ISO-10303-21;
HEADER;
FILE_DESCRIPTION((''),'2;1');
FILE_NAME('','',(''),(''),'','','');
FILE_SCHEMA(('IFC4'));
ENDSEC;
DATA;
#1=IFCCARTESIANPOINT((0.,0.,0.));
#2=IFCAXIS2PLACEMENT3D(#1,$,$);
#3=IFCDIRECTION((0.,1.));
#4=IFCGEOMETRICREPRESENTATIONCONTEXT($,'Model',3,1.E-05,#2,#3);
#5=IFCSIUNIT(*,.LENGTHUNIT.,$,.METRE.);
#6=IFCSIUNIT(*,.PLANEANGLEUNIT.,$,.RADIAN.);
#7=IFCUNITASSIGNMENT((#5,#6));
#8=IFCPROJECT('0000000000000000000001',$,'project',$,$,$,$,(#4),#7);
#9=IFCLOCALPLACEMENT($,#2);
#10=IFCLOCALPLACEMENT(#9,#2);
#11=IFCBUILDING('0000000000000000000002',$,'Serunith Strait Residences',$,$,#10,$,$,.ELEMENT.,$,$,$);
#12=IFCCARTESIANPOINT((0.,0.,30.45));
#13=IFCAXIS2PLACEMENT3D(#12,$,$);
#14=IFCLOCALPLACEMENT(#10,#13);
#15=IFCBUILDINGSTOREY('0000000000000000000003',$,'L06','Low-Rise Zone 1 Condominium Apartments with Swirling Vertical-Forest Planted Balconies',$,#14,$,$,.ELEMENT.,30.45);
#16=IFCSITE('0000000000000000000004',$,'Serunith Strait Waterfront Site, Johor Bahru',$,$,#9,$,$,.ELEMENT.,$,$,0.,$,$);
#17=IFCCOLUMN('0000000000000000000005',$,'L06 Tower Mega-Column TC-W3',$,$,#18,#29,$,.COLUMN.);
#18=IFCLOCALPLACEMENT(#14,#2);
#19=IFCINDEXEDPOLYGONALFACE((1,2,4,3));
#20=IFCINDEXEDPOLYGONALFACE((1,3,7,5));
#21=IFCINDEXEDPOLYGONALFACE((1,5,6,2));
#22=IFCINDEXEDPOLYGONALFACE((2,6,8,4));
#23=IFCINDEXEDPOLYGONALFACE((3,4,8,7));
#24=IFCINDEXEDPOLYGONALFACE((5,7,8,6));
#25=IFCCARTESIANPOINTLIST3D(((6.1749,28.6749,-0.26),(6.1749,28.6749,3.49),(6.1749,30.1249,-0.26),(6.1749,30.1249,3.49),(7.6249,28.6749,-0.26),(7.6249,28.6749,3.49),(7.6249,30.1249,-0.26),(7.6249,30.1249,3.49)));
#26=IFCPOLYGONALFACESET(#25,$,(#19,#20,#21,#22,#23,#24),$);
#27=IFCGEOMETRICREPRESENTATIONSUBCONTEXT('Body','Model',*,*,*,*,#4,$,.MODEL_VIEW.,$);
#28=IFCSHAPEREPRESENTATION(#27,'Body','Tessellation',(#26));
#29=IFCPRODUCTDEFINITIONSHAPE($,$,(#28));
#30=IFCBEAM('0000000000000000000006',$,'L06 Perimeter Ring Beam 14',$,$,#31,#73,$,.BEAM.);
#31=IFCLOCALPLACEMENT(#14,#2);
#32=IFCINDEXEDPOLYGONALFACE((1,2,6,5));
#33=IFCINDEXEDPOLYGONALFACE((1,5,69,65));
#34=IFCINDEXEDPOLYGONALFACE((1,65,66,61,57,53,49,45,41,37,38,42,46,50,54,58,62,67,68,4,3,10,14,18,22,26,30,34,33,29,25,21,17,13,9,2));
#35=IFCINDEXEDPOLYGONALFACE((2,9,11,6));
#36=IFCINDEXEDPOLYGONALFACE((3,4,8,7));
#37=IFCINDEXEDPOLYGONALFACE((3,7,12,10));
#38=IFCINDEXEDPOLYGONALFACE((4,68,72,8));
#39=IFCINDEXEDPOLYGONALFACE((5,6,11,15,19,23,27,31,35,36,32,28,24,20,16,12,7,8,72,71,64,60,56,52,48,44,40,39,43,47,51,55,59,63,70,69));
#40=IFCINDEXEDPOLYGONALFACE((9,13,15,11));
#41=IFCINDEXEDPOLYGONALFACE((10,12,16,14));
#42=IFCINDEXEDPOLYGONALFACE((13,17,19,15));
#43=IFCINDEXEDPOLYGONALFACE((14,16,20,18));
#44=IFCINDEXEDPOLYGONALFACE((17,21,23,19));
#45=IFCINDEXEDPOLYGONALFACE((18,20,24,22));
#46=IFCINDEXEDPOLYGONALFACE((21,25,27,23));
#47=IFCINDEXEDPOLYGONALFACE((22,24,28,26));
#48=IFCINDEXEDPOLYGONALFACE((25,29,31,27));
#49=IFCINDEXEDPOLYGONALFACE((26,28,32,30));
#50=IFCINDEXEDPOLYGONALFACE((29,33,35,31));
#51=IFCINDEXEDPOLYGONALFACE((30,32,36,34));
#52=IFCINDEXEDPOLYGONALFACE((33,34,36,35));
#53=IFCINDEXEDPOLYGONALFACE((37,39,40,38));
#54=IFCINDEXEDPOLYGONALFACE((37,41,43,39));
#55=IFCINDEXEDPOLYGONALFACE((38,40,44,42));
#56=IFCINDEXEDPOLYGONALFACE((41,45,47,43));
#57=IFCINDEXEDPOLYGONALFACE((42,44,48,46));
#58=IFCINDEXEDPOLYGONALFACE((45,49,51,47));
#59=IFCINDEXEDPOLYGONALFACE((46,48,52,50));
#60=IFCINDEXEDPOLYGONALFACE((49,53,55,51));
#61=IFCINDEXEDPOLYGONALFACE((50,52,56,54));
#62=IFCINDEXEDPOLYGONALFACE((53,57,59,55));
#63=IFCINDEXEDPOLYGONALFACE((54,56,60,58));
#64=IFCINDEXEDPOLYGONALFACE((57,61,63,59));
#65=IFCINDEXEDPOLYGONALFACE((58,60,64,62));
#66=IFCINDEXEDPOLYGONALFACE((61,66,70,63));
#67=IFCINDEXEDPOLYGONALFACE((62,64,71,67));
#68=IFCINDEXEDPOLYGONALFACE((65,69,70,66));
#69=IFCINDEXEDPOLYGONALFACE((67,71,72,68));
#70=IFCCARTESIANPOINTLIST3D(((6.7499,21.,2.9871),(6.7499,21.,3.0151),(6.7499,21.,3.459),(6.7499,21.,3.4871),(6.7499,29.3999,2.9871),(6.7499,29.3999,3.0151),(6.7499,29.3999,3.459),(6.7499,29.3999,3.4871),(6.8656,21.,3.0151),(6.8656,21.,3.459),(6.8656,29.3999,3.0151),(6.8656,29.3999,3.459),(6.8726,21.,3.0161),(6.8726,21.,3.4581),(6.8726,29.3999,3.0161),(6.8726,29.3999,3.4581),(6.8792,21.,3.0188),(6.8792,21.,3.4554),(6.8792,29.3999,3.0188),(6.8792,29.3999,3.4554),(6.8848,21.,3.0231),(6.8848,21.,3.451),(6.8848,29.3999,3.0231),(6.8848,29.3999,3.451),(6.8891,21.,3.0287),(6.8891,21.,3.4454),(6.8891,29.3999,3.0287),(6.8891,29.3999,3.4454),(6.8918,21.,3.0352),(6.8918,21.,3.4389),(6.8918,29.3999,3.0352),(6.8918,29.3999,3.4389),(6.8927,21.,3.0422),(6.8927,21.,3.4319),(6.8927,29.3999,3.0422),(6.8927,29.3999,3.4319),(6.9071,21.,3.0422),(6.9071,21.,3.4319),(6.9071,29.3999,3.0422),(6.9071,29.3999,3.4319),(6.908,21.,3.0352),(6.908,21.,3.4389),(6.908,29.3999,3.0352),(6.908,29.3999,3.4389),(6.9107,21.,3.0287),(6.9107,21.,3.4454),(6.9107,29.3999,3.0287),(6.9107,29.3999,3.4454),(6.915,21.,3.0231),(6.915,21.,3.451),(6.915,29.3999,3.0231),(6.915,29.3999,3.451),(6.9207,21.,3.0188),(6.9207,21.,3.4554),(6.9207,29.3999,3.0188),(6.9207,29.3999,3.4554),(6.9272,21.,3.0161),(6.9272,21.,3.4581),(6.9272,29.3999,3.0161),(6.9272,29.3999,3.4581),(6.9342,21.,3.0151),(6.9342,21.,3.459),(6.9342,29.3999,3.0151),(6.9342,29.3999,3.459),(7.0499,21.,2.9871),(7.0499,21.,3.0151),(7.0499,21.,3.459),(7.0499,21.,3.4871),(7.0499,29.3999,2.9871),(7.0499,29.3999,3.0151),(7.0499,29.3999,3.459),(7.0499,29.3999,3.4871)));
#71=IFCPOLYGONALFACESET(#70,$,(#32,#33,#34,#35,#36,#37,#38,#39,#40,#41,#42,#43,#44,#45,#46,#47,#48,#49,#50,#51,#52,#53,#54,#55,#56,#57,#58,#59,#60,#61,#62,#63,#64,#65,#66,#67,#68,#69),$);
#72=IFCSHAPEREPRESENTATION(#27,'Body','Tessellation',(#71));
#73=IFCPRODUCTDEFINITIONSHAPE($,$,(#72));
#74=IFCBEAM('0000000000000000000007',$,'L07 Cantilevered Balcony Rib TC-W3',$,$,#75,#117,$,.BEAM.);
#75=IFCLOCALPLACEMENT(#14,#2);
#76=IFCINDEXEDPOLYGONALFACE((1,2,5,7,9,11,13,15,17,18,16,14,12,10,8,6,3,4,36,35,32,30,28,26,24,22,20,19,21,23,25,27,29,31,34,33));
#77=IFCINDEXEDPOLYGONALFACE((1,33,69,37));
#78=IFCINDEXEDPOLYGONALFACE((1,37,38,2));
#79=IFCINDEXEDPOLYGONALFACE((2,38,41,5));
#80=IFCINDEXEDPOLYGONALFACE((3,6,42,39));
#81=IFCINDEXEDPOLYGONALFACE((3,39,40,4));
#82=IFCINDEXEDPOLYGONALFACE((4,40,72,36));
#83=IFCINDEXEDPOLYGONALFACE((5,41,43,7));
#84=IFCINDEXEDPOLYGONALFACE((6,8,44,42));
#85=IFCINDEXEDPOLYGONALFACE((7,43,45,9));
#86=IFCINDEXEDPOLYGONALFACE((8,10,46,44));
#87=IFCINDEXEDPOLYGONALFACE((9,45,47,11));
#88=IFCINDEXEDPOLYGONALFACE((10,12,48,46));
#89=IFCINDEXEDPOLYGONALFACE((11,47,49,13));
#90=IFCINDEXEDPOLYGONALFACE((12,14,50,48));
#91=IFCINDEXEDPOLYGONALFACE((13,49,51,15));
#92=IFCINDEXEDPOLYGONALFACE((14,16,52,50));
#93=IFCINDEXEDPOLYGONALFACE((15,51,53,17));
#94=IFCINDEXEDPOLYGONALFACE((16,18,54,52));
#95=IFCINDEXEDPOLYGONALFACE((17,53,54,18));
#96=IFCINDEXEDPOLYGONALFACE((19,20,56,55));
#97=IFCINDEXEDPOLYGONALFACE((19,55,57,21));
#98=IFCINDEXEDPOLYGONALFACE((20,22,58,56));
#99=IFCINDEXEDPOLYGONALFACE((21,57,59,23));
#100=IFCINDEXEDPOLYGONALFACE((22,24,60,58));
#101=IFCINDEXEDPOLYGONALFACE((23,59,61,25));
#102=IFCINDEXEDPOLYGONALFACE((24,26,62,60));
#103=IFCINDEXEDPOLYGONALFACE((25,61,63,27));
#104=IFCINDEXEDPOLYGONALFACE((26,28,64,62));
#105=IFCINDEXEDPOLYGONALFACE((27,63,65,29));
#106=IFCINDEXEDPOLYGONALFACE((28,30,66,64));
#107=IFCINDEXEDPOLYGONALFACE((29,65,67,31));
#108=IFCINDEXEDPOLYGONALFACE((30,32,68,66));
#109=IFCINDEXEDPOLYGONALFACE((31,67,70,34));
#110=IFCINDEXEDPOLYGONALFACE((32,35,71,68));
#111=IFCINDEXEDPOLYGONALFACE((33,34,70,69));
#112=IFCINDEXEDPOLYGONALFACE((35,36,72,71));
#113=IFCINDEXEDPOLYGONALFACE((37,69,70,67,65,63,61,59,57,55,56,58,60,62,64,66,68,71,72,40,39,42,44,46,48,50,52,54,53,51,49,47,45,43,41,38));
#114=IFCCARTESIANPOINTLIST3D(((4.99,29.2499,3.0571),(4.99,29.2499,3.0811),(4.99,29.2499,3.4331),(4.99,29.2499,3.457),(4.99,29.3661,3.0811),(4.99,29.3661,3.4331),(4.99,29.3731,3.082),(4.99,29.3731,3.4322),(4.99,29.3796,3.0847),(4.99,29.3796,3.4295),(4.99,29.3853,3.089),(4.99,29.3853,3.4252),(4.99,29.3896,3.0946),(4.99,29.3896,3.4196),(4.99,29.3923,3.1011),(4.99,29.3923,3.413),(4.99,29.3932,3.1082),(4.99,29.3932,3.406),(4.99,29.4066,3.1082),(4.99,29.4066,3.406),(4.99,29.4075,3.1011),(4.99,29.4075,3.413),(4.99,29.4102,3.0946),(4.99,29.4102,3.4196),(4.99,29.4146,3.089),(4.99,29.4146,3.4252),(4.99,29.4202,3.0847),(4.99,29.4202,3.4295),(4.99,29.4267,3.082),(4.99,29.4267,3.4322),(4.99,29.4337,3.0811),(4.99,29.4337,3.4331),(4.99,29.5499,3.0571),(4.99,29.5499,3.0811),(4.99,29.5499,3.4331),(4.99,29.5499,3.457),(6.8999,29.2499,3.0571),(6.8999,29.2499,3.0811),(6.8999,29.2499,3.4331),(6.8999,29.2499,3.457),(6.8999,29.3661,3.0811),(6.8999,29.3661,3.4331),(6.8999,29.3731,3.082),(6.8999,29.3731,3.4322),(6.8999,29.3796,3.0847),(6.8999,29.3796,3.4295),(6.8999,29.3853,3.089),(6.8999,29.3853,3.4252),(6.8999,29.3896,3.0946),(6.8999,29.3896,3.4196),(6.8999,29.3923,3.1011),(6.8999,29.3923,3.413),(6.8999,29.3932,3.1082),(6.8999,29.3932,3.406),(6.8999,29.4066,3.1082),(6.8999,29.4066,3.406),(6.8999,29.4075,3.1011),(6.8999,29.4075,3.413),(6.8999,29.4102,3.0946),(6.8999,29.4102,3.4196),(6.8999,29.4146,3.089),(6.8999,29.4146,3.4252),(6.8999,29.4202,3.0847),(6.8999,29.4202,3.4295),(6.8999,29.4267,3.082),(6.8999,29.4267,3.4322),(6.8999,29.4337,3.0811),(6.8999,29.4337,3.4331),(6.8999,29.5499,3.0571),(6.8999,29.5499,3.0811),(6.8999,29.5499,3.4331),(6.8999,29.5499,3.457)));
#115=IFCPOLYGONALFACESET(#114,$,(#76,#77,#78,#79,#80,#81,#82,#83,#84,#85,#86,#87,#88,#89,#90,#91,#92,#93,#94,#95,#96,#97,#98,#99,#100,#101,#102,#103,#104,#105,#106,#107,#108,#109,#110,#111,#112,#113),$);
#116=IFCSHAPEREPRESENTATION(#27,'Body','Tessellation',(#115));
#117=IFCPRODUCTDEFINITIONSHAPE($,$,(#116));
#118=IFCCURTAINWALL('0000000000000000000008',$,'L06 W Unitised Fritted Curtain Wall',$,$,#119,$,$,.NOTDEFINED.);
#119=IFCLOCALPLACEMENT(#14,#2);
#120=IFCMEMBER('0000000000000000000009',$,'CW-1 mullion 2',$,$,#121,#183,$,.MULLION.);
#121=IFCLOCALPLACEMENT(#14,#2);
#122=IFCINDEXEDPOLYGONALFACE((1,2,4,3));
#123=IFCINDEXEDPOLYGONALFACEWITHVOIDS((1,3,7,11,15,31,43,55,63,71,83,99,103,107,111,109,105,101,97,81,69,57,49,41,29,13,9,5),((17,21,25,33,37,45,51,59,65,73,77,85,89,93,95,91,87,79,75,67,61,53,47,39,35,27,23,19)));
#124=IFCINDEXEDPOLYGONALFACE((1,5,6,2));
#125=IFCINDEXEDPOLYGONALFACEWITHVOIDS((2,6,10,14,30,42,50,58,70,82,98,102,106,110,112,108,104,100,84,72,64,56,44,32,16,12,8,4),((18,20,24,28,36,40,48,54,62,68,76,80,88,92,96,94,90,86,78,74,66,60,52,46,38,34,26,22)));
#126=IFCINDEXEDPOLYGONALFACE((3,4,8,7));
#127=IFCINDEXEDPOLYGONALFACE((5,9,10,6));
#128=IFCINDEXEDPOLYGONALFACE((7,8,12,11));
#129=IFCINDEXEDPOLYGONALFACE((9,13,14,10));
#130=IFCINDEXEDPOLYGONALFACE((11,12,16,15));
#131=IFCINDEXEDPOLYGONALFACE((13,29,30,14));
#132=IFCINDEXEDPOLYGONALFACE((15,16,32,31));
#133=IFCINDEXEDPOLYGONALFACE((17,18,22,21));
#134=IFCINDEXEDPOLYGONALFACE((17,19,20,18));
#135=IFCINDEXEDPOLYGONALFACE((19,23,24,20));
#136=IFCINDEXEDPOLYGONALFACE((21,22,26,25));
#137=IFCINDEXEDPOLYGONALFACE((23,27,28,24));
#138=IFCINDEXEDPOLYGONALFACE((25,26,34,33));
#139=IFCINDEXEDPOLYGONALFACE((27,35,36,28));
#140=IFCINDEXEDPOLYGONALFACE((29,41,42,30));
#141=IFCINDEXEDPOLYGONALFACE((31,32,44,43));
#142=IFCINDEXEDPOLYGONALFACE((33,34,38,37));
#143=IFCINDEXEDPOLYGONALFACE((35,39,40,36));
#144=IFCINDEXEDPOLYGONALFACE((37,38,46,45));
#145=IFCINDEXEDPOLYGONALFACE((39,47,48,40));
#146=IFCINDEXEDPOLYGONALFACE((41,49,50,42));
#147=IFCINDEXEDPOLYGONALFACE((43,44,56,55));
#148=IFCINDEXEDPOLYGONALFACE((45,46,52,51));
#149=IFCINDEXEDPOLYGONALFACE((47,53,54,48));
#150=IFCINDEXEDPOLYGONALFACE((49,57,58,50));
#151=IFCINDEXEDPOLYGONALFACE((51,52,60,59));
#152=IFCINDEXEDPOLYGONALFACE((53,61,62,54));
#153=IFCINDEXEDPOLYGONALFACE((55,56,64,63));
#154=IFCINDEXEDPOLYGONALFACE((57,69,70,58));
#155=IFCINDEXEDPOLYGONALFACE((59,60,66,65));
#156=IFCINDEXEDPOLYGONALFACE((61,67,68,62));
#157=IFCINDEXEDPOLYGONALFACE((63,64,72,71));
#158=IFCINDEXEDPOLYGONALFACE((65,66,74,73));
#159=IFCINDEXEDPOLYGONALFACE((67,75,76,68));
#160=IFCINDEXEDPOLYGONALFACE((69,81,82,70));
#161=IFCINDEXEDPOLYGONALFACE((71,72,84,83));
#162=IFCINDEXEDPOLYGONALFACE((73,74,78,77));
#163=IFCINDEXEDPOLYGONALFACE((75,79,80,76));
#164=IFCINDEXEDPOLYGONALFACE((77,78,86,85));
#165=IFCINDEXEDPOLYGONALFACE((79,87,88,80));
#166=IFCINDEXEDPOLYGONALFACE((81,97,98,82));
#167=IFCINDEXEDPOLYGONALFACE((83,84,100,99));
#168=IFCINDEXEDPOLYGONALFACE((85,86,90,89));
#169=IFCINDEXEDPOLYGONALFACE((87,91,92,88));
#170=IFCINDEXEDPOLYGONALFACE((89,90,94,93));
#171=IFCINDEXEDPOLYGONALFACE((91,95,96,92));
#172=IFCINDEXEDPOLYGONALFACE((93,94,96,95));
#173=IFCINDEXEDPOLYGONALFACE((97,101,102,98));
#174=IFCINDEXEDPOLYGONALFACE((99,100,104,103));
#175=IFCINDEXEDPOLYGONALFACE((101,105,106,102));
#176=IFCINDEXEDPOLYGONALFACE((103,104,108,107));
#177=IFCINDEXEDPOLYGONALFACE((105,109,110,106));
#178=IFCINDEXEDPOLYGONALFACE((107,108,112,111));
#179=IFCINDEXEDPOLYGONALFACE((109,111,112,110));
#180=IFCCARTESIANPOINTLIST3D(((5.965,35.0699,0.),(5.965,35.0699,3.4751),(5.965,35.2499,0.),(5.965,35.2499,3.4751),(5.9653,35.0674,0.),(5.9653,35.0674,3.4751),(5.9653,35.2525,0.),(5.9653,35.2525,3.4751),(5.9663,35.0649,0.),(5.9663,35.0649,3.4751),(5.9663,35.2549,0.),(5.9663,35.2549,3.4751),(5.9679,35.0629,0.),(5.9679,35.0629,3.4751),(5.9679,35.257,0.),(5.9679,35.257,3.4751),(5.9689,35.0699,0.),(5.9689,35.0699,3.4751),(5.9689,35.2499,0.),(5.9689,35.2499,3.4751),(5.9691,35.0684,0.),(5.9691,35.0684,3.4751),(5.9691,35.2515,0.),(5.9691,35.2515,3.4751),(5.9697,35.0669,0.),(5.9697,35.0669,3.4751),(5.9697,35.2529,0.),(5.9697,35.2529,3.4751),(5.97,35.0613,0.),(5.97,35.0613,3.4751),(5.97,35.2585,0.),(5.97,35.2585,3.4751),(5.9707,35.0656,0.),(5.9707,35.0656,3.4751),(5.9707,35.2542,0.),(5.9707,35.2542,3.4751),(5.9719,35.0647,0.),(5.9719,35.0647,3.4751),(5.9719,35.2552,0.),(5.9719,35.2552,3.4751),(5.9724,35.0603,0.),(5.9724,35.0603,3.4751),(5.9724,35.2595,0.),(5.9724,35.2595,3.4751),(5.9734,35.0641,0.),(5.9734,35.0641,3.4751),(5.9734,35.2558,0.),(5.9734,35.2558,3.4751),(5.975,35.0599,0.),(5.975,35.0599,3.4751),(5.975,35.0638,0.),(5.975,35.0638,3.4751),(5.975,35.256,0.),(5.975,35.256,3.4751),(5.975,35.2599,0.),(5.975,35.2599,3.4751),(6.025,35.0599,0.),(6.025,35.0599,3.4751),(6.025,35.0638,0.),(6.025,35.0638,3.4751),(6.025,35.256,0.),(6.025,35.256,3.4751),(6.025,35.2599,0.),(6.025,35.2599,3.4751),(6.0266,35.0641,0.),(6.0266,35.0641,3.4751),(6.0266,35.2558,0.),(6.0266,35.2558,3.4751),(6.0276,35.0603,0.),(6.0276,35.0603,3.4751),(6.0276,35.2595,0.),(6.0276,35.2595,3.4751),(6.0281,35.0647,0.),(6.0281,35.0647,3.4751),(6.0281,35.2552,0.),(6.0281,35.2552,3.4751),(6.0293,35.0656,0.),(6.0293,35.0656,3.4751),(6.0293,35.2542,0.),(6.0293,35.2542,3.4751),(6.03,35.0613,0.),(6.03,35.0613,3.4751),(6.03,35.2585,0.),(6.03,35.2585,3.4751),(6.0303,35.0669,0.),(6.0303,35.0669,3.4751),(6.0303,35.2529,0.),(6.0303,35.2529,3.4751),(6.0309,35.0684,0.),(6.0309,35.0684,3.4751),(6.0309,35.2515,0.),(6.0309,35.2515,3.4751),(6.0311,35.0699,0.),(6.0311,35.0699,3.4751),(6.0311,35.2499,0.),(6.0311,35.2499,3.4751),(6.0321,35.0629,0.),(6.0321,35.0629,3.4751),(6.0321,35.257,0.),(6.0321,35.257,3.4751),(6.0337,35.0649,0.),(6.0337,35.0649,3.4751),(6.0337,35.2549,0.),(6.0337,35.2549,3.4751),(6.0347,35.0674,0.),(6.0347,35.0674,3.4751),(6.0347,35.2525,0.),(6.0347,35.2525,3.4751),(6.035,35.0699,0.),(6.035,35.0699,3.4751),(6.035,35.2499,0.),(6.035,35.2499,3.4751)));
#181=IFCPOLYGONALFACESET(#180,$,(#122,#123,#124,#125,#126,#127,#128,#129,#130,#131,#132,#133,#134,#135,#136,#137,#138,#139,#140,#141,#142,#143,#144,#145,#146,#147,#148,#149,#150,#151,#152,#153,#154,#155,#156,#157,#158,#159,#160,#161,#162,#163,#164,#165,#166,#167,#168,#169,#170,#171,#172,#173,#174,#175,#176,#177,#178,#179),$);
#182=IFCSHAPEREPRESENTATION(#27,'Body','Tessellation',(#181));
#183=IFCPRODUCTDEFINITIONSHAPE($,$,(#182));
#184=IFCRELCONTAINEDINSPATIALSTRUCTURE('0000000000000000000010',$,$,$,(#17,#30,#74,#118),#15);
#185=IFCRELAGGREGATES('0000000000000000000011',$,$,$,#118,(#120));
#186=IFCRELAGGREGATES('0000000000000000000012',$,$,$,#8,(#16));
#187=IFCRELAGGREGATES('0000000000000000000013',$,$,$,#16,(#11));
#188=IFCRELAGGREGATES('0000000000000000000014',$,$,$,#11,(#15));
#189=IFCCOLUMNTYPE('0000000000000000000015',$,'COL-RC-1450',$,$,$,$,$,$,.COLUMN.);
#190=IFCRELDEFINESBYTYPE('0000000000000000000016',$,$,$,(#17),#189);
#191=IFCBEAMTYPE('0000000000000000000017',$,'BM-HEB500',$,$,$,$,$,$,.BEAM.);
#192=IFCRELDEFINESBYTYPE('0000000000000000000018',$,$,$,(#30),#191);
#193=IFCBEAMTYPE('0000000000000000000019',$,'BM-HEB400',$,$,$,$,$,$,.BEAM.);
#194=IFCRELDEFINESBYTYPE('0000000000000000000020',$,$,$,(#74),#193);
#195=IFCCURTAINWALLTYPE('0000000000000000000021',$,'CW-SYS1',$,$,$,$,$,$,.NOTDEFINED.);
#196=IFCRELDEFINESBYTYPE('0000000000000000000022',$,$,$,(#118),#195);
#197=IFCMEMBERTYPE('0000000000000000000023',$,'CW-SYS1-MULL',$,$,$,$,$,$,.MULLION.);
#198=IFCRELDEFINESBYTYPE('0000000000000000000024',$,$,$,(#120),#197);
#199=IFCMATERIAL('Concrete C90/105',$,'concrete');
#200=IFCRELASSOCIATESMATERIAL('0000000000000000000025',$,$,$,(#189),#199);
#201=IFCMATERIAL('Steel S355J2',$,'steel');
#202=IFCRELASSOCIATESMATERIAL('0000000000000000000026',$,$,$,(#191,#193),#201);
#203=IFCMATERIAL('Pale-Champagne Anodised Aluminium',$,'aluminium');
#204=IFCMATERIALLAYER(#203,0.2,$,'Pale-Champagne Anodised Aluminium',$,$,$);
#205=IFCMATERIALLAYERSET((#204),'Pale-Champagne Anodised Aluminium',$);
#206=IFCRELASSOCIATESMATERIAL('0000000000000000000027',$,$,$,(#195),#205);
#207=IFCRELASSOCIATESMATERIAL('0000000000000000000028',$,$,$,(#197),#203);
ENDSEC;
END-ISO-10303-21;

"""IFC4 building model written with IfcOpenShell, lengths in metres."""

from ifc_helpers import new_model, si_unit, direction, frame, origin, origin_2d, place, context, subcontext, project, spatial, rectangle, hollow_rectangle, i_section, extrude, source, transform, mapped, material, layer, layer_set, material_profile, profile_set, type_object, element, aggregate, save


model = new_model("IFC4")

# Units and contexts
model_context = context("Model", 3, precision=1e-05, world=origin(), true_north=direction((0.0, 1.0)))
body_context = subcontext(model_context, "Body", "Model", "MODEL_VIEW")
ifc_project = project(units=[si_unit("LENGTHUNIT", "METRE"), si_unit("PLANEANGLEUNIT", "RADIAN")], contexts=[model_context])

# Site, building, storey
site_placement = place(None, origin())
site = spatial("IfcSite", under=ifc_project, at=site_placement, Name="Serunith Strait Waterfront Site, Johor Bahru", CompositionType="ELEMENT", RefElevation=0.0)
building_placement = place(site_placement, origin())
building = spatial("IfcBuilding", under=site, at=building_placement, Name="Serunith Strait Residences", CompositionType="ELEMENT")
storey_placement = place(building_placement, frame((0.0, 0.0, 30.45)))
storey = spatial("IfcBuildingStorey", under=building, at=storey_placement, Name="L06", Description="Low-Rise Zone 1 Condominium Apartments with Swirling Vertical-Forest Planted Balconies", CompositionType="ELEMENT", Elevation=30.45)

# Column
ifc_material_1 = material(Name="Concrete C90/105", Category="concrete")
ifc_material_profile_1 = material_profile(ifc_material_1, rectangle(XDim=1.45, YDim=1.45, at=origin_2d()), Name="RC 1450x1450")
ifc_profile_set_1 = profile_set([ifc_material_profile_1], Name="Concrete C90/105")
column_type = type_object("IfcColumnType", Name="COL-RC-1450", PredefinedType="COLUMN", material=ifc_profile_set_1)
shared_shape_1 = source(origin(), body_context, "Body", "SweptSolid", [
    extrude(rectangle(XDim=1.45, YDim=1.45, at=origin_2d()), origin(), (0.0, 0.0, 1.0), 3.75),
])
column_placement = place(storey_placement, frame((6.8999, 29.3999, -0.26), z_axis=(0.0, 0.0, 1.0), x_axis=(1.0, 0.0, 0.0)))
element("IfcColumn", 1, at=column_placement, inside=storey, type_object=column_type, Name="L06 Tower Mega-Column TC-W3", PredefinedType="COLUMN", context=body_context, shape_type="MappedRepresentation", body=[
    mapped(shared_shape_1, transform((0.0, 0.0, 0.0), scale=1.0)),
])

# Beams
ifc_material_2 = material(Name="Steel S355J2", Category="steel")
ifc_material_profile_2 = material_profile(ifc_material_2, i_section(OverallWidth=0.3, OverallDepth=0.5, WebThickness=0.0144, FlangeThickness=0.0281, FilletRadius=0.0271, at=origin_2d()), Name="HEB 500")
ifc_profile_set_2 = profile_set([ifc_material_profile_2], Name="Steel S355J2")
beam_type_1 = type_object("IfcBeamType", Name="BM-HEB500", PredefinedType="BEAM", material=ifc_profile_set_2)
shared_shape_2 = source(origin(), body_context, "Body", "SweptSolid", [
    extrude(i_section(OverallWidth=0.3, OverallDepth=0.5, WebThickness=0.0144, FlangeThickness=0.0281, FilletRadius=0.0271, at=origin_2d()), origin(), (0.0, 0.0, 1.0), 8.3999),
])
beam_1_placement = place(storey_placement, frame((6.8999, 29.3999, 3.2371), z_axis=(0.0, -1.0, 0.0), x_axis=(1.0, 0.0, 0.0)))
element("IfcBeam", 2, at=beam_1_placement, inside=storey, type_object=beam_type_1, Name="L06 Perimeter Ring Beam 14", PredefinedType="BEAM", context=body_context, shape_type="MappedRepresentation", body=[
    mapped(shared_shape_2, transform((0.0, 0.0, 0.0), scale=1.0)),
])
ifc_material_profile_3 = material_profile(ifc_material_2, i_section(OverallWidth=0.3, OverallDepth=0.3999, WebThickness=0.0134, FlangeThickness=0.0239, FilletRadius=0.0271, at=origin_2d()), Name="HEB 400")
ifc_profile_set_3 = profile_set([ifc_material_profile_3], Name="Steel S355J2")
beam_type_2 = type_object("IfcBeamType", Name="BM-HEB400", PredefinedType="BEAM", material=ifc_profile_set_3)
shared_shape_3 = source(origin(), body_context, "Body", "SweptSolid", [
    extrude(i_section(OverallWidth=0.3, OverallDepth=0.3999, WebThickness=0.0134, FlangeThickness=0.0239, FilletRadius=0.0271, at=origin_2d()), origin(), (0.0, 0.0, 1.0), 1.9099),
])
beam_2_placement = place(storey_placement, frame((6.8999, 29.3999, 3.2571), z_axis=(-1.0, 0.0, 0.0), x_axis=(0.0, -1.0, 0.0)))
element("IfcBeam", 3, at=beam_2_placement, inside=storey, type_object=beam_type_2, Name="L07 Cantilevered Balcony Rib TC-W3", PredefinedType="BEAM", context=body_context, shape_type="MappedRepresentation", body=[
    mapped(shared_shape_3, transform((0.0, 0.0, 0.0), scale=1.0)),
])

# Curtain wall, member
ifc_material_3 = material(Name="Pale-Champagne Anodised Aluminium", Category="aluminium")
ifc_layer_1 = layer(ifc_material_3, 0.2, Name="Pale-Champagne Anodised Aluminium")
ifc_layer_set_1 = layer_set([ifc_layer_1], Name="Pale-Champagne Anodised Aluminium")
curtain_wall_type = type_object("IfcCurtainWallType", Name="CW-SYS1", PredefinedType="NOTDEFINED", material=ifc_layer_set_1)
curtain_wall_placement = place(storey_placement, origin())
curtain_wall = element("IfcCurtainWall", 4, at=curtain_wall_placement, inside=storey, type_object=curtain_wall_type, Name="L06 W Unitised Fritted Curtain Wall", PredefinedType="NOTDEFINED")
ifc_material_profile_4 = material_profile(ifc_material_3, hollow_rectangle(XDim=0.0701, YDim=0.2, WallThickness=0.0039, InnerFilletRadius=0.0061, OuterFilletRadius=0.01, at=origin_2d()), Name="ALU 200x70x4")
ifc_profile_set_4 = profile_set([ifc_material_profile_4], Name="Pale-Champagne Anodised Aluminium")
member_type_1 = type_object("IfcMemberType", Name="CW-SYS1-MULL", PredefinedType="MULLION", material=ifc_profile_set_4)
shared_shape_4 = source(origin(), body_context, "Body", "SweptSolid", [
    extrude(hollow_rectangle(XDim=0.0701, YDim=0.2, WallThickness=0.0039, InnerFilletRadius=0.0061, OuterFilletRadius=0.01, at=origin_2d()), origin(), (0.0, 0.0, 1.0), 3.4751),
])
member_1_placement = place(storey_placement, frame((6.0, 35.1599, 0.0), z_axis=(0.0, 0.0, 1.0), x_axis=(1.0, 0.0, 0.0)))
member_1 = element("IfcMember", 5, at=member_1_placement, type_object=member_type_1, Name="CW-1 mullion 2", PredefinedType="MULLION", context=body_context, shape_type="MappedRepresentation", body=[
    mapped(shared_shape_4, transform((0.0, 0.0, 0.0), scale=1.0)),
])
aggregate(curtain_wall, [member_1])

save(model, "model.ifc")
